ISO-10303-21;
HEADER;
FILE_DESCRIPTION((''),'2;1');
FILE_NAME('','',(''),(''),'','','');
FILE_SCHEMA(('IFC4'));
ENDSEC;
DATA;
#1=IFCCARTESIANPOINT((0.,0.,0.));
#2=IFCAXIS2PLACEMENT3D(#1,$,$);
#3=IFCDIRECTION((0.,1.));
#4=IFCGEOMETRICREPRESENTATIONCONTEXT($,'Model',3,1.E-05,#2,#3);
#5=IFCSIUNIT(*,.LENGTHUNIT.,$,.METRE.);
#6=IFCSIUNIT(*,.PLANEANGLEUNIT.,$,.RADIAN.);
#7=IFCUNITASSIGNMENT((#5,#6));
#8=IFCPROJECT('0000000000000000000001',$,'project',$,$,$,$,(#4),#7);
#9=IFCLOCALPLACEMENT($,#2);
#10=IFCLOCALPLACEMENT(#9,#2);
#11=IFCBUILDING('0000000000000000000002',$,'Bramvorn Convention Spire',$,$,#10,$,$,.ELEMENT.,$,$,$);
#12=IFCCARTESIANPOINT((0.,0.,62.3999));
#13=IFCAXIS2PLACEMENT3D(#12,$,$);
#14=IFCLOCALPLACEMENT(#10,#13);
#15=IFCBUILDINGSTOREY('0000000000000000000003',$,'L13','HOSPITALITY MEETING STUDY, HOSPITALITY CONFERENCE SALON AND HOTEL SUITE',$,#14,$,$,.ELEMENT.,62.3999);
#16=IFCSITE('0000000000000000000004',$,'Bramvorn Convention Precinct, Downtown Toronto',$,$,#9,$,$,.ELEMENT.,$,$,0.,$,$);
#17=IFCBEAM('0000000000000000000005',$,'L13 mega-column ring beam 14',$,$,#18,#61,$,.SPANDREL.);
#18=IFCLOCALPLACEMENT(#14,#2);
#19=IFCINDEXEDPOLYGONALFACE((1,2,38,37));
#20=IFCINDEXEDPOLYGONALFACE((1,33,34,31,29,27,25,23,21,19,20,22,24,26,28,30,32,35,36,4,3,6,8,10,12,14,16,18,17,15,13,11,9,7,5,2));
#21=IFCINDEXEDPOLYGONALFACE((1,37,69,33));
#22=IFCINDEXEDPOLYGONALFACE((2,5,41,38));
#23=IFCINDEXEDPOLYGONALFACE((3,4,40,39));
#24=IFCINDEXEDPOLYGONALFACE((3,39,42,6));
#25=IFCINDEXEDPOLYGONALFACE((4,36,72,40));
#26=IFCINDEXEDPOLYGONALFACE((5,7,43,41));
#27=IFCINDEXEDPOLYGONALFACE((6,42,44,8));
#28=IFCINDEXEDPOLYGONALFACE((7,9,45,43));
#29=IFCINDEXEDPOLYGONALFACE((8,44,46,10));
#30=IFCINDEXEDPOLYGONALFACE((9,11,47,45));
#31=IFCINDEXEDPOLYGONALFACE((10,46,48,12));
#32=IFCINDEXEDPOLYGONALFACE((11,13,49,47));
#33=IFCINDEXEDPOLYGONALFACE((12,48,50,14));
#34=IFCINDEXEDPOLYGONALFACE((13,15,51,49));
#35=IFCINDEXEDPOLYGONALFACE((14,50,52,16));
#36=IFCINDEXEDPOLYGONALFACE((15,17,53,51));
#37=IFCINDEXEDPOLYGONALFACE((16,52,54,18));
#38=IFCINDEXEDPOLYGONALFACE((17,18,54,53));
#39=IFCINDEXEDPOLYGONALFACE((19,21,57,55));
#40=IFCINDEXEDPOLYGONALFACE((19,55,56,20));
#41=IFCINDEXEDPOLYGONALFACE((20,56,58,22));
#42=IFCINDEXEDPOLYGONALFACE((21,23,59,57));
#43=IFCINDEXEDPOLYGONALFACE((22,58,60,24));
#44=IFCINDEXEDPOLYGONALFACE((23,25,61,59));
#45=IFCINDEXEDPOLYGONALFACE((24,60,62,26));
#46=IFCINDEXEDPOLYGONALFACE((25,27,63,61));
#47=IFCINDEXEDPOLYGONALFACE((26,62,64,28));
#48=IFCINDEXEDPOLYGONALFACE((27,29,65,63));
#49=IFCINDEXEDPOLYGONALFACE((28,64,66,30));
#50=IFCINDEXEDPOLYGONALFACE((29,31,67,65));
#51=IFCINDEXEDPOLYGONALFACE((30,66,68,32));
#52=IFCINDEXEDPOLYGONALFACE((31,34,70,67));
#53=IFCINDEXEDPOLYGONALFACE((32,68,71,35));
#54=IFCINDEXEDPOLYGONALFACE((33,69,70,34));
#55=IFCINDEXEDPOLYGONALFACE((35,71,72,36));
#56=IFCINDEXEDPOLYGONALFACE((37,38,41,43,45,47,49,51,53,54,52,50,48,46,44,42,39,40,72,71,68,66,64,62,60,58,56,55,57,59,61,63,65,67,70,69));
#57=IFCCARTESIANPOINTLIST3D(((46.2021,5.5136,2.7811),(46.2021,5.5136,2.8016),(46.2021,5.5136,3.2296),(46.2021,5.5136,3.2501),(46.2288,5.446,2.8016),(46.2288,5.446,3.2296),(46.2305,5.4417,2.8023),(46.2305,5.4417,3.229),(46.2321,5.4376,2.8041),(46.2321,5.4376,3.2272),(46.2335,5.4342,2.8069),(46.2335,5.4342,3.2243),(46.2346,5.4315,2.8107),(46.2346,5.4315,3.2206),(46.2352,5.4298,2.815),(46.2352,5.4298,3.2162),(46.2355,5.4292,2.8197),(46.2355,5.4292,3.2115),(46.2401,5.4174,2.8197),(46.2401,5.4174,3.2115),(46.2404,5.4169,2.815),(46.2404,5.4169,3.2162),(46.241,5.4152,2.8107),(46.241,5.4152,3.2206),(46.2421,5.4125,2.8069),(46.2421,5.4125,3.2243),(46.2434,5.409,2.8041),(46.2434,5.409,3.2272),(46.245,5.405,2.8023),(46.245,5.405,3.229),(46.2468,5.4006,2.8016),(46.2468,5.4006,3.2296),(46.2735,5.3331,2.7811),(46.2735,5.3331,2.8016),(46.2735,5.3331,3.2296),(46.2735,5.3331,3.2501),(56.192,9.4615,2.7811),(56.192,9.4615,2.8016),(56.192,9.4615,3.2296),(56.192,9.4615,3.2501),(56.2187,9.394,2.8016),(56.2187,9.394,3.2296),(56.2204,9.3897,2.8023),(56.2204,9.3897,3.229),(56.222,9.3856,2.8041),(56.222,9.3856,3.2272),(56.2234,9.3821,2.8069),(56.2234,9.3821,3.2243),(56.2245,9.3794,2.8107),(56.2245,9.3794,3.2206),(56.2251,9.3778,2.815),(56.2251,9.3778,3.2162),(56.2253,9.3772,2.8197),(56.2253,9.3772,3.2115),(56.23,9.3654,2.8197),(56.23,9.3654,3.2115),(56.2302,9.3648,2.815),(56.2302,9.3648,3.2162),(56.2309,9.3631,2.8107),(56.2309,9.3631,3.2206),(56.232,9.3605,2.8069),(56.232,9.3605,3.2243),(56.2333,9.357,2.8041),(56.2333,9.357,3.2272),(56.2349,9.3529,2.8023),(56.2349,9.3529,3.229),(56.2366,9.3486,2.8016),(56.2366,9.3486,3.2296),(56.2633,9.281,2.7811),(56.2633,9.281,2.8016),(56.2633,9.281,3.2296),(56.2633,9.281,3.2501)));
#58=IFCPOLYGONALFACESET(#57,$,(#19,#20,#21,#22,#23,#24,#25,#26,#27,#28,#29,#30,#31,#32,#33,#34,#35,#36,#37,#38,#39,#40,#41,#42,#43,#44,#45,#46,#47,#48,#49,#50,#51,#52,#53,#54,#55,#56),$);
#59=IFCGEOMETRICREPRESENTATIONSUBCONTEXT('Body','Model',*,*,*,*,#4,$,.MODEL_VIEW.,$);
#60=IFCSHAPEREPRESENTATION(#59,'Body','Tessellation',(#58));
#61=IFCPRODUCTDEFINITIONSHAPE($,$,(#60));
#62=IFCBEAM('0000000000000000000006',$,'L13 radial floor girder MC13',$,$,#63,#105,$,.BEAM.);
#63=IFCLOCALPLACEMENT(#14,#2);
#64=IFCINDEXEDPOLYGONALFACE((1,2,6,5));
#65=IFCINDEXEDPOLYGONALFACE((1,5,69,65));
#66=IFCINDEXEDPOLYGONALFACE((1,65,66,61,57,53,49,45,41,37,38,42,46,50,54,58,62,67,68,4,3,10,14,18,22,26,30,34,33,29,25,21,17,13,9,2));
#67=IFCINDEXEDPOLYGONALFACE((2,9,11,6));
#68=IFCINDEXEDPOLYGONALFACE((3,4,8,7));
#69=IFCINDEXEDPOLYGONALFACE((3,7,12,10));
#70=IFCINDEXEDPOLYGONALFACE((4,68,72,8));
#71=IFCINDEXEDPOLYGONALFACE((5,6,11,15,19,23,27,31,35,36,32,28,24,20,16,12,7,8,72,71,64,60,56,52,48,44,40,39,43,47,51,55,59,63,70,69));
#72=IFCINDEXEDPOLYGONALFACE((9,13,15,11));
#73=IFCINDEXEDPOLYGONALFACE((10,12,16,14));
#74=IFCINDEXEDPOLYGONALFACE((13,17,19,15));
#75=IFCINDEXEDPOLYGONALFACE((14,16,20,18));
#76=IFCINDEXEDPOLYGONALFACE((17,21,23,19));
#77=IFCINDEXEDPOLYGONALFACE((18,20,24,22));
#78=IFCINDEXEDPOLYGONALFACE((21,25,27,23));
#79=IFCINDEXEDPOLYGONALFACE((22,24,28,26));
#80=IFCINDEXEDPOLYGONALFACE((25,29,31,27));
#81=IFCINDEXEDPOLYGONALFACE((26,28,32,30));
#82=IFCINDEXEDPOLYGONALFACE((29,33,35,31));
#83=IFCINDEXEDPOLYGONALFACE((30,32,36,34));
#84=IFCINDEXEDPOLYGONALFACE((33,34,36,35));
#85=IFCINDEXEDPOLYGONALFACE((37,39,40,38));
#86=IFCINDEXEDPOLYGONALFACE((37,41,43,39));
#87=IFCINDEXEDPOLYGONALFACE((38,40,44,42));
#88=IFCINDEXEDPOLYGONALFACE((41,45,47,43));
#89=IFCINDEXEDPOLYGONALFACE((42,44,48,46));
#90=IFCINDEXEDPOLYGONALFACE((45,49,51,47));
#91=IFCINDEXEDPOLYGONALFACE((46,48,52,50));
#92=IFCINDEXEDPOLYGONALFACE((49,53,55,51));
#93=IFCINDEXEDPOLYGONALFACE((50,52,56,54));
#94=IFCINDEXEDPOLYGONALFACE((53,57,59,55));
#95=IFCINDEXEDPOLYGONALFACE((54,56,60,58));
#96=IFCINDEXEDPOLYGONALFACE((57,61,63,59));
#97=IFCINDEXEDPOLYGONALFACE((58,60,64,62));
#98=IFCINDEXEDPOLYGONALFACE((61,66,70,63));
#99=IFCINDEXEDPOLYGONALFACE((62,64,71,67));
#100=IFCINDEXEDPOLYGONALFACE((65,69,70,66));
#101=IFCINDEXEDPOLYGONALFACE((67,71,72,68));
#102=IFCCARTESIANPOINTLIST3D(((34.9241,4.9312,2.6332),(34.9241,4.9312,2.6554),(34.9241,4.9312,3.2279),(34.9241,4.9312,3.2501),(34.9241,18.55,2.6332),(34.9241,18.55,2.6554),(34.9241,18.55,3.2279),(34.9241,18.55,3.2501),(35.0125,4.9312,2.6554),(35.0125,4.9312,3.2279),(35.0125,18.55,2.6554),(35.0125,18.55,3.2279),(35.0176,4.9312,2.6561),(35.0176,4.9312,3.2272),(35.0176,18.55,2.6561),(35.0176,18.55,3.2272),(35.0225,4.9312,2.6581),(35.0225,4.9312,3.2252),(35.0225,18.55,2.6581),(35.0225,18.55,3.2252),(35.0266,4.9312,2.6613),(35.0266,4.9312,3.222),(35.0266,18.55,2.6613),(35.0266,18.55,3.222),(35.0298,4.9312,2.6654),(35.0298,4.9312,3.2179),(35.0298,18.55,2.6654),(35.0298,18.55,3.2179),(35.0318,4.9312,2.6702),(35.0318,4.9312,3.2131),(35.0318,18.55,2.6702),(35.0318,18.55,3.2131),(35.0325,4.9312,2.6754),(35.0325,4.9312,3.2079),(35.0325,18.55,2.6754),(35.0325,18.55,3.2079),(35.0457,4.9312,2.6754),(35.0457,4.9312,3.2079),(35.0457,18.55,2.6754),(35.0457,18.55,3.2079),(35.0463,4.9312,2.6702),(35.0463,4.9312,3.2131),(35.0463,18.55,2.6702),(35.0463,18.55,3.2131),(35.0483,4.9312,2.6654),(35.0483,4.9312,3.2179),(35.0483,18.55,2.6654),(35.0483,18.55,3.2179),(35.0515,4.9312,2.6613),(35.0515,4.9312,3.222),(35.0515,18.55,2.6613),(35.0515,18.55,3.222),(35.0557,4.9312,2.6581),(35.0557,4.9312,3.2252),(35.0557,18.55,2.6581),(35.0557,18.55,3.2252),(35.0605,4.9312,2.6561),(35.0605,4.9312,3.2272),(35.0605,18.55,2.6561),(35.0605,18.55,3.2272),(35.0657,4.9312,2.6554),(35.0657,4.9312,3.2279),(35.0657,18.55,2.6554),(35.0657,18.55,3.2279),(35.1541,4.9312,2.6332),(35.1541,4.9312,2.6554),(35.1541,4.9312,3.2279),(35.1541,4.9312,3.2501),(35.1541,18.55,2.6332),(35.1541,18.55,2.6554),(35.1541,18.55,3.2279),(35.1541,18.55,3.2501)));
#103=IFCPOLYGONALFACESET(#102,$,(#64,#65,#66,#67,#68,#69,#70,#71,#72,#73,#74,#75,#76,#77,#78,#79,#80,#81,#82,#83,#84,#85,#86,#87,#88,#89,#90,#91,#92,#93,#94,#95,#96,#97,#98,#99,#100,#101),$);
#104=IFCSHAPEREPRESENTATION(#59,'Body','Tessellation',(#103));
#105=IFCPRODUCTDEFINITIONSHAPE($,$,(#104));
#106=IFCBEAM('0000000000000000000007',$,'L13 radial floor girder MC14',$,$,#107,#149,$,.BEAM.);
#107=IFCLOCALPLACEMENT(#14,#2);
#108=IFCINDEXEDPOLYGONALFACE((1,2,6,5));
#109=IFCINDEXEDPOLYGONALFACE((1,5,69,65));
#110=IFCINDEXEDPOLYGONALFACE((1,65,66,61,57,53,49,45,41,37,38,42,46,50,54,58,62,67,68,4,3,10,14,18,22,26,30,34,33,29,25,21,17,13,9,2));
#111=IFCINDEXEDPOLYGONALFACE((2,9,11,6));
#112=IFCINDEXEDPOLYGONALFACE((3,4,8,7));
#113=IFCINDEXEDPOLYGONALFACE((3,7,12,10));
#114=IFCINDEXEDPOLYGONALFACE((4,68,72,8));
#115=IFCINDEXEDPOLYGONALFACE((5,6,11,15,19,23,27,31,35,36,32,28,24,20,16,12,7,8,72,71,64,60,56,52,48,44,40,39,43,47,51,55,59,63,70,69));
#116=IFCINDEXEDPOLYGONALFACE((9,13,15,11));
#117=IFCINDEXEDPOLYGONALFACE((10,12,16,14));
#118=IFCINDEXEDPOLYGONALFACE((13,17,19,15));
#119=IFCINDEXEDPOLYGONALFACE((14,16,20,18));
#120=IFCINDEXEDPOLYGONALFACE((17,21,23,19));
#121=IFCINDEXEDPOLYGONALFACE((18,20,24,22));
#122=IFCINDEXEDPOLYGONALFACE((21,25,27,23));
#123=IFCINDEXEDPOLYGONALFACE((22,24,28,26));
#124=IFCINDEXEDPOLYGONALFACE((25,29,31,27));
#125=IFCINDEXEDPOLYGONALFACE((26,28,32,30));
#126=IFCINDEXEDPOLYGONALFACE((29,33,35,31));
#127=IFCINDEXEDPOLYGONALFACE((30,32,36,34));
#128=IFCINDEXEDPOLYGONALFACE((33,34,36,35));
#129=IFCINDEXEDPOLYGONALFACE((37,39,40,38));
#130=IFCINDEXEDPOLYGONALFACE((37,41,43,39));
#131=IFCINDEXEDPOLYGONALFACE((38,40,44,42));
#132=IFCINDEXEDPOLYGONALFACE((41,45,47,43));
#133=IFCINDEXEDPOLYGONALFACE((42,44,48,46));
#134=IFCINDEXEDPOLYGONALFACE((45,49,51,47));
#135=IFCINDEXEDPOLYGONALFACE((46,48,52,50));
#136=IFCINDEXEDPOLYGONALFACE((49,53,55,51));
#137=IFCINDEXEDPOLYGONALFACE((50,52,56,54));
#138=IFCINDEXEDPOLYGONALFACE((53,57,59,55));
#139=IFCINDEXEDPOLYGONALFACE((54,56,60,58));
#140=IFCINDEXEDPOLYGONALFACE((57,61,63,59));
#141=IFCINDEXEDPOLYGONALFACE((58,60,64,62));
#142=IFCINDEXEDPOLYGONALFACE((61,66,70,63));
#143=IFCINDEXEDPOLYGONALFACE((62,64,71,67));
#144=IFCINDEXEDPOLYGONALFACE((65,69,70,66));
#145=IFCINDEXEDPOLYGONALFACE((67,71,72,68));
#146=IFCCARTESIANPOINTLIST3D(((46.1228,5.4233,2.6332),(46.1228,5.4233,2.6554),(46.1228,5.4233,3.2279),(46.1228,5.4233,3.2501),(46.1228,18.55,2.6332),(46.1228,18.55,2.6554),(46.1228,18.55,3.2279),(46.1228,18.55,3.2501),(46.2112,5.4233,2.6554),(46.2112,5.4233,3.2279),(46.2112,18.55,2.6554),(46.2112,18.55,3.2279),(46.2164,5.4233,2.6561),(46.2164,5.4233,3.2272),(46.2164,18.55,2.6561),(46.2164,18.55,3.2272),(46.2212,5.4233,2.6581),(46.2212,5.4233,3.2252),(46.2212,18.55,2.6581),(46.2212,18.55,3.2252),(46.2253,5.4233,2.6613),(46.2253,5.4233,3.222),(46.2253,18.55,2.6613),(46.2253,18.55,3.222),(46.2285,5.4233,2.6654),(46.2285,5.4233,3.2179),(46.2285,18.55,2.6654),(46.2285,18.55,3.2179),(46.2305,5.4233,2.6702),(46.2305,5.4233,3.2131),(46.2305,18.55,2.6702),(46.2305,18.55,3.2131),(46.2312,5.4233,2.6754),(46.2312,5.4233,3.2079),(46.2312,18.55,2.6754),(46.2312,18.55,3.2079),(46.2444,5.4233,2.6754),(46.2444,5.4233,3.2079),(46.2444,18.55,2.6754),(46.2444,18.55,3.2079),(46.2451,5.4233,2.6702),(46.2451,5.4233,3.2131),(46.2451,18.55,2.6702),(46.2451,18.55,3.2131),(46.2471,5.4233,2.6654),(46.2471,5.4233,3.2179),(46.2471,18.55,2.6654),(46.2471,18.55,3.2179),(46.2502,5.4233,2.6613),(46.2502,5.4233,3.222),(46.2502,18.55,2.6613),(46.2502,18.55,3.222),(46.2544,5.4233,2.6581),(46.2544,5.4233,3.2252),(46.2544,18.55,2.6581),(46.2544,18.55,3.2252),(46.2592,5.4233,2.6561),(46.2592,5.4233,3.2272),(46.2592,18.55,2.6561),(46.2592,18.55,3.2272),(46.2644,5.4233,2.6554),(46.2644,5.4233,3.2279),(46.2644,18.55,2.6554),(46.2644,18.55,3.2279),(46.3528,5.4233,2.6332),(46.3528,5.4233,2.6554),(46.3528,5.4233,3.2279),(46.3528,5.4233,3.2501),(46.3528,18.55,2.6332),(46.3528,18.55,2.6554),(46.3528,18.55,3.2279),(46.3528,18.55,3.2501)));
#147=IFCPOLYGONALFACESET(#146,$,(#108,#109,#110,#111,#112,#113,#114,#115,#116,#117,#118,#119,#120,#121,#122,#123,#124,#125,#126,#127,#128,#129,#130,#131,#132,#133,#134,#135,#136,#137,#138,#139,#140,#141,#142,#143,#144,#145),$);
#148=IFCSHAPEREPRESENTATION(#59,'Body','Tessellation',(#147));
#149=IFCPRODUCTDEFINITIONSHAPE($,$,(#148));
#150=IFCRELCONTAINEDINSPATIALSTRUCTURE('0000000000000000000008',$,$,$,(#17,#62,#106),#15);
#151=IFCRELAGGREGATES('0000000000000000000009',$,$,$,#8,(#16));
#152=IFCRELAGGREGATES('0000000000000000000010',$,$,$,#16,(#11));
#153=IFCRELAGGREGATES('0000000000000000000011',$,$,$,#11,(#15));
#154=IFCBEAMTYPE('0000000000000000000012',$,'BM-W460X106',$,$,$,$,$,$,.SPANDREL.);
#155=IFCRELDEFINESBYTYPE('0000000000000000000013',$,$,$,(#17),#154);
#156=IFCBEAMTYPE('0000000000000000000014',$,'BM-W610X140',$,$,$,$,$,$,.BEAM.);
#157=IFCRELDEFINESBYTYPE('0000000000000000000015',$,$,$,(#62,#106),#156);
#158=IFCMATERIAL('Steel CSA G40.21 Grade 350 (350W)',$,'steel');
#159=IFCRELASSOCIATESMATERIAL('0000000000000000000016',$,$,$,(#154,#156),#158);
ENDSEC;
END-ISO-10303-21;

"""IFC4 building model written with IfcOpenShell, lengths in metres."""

from ifc_helpers import new_model, si_unit, direction, frame, origin, origin_2d, place, context, subcontext, project, spatial, i_section, extrude, material, material_profile, profile_set, type_object, element, save


model = new_model("IFC4")

# Units and contexts
model_context = context("Model", 3, precision=1e-05, world=origin(), true_north=direction((0.0, 1.0)))
body_context = subcontext(model_context, "Body", "Model", "MODEL_VIEW")
ifc_project = project(units=[si_unit("LENGTHUNIT", "METRE"), si_unit("PLANEANGLEUNIT", "RADIAN")], contexts=[model_context])

# Site, building, storey
site_placement = place(None, origin())
site = spatial("IfcSite", under=ifc_project, at=site_placement, Name="Bramvorn Convention Precinct, Downtown Toronto", CompositionType="ELEMENT", RefElevation=0.0)
building_placement = place(site_placement, origin())
building = spatial("IfcBuilding", under=site, at=building_placement, Name="Bramvorn Convention Spire", CompositionType="ELEMENT")
storey_placement = place(building_placement, frame((0.0, 0.0, 62.3999)))
storey = spatial("IfcBuildingStorey", under=building, at=storey_placement, Name="L13", Description="HOSPITALITY MEETING STUDY, HOSPITALITY CONFERENCE SALON AND HOTEL SUITE", CompositionType="ELEMENT", Elevation=62.3999)

# Shared definitions
ifc_material_1 = material(Name="Steel CSA G40.21 Grade 350 (350W)", Category="steel")

# Beams
ifc_material_profile_1 = material_profile(ifc_material_1, i_section(OverallWidth=0.1941, OverallDepth=0.469, WebThickness=0.0127, FlangeThickness=0.0205, FilletRadius=0.0181, at=origin_2d()))
ifc_profile_set_1 = profile_set([ifc_material_profile_1], Name="Steel CSA G40.21 Grade 350 (350W) - W460X106")
beam_type_1 = type_object("IfcBeamType", Name="BM-W460X106", PredefinedType="SPANDREL", material=ifc_profile_set_1)
beam_1_placement = place(storey_placement, frame((46.2378, 5.4233, 3.0156), z_axis=(0.93001, 0.367535, 0.0), x_axis=(-0.367535, 0.93001, 0.0)))
element("IfcBeam", 1, at=beam_1_placement, inside=storey, type_object=beam_type_1, Name="L13 mega-column ring beam 14", PredefinedType="SPANDREL", context=body_context, shape_type="SweptSolid", body=[
    extrude(i_section(OverallWidth=0.1941, OverallDepth=0.469, WebThickness=0.0127, FlangeThickness=0.0205, FilletRadius=0.0181, at=origin_2d()), origin(), (0.0, 0.0, 1.0), 10.7417),
])
ifc_material_profile_2 = material_profile(ifc_material_1, i_section(OverallWidth=0.23, OverallDepth=0.6169, WebThickness=0.0132, FlangeThickness=0.0222, FilletRadius=0.02, at=origin_2d()))
ifc_profile_set_2 = profile_set([ifc_material_profile_2], Name="Steel CSA G40.21 Grade 350 (350W) - W610X140")
beam_type_2 = type_object("IfcBeamType", Name="BM-W610X140", PredefinedType="BEAM", material=ifc_profile_set_2)
beam_2_placement = place(storey_placement, frame((35.0391, 18.55, 2.9417), z_axis=(0.0, -1.0, 0.0), x_axis=(1.0, 0.0, 0.0)))
element("IfcBeam", 2, at=beam_2_placement, inside=storey, type_object=beam_type_2, Name="L13 radial floor girder MC13", PredefinedType="BEAM", context=body_context, shape_type="SweptSolid", body=[
    extrude(i_section(OverallWidth=0.23, OverallDepth=0.6169, WebThickness=0.0132, FlangeThickness=0.0222, FilletRadius=0.02, at=origin_2d()), origin(), (0.0, 0.0, 1.0), 13.6189),
])
beam_3_placement = place(storey_placement, frame((46.2378, 18.55, 2.9417), z_axis=(0.0, -1.0, 0.0), x_axis=(1.0, 0.0, 0.0)))
element("IfcBeam", 3, at=beam_3_placement, inside=storey, type_object=beam_type_2, Name="L13 radial floor girder MC14", PredefinedType="BEAM", context=body_context, shape_type="SweptSolid", body=[
    extrude(i_section(OverallWidth=0.23, OverallDepth=0.6169, WebThickness=0.0132, FlangeThickness=0.0222, FilletRadius=0.02, at=origin_2d()), origin(), (0.0, 0.0, 1.0), 13.1267),
])

save(model, "model.ifc")
